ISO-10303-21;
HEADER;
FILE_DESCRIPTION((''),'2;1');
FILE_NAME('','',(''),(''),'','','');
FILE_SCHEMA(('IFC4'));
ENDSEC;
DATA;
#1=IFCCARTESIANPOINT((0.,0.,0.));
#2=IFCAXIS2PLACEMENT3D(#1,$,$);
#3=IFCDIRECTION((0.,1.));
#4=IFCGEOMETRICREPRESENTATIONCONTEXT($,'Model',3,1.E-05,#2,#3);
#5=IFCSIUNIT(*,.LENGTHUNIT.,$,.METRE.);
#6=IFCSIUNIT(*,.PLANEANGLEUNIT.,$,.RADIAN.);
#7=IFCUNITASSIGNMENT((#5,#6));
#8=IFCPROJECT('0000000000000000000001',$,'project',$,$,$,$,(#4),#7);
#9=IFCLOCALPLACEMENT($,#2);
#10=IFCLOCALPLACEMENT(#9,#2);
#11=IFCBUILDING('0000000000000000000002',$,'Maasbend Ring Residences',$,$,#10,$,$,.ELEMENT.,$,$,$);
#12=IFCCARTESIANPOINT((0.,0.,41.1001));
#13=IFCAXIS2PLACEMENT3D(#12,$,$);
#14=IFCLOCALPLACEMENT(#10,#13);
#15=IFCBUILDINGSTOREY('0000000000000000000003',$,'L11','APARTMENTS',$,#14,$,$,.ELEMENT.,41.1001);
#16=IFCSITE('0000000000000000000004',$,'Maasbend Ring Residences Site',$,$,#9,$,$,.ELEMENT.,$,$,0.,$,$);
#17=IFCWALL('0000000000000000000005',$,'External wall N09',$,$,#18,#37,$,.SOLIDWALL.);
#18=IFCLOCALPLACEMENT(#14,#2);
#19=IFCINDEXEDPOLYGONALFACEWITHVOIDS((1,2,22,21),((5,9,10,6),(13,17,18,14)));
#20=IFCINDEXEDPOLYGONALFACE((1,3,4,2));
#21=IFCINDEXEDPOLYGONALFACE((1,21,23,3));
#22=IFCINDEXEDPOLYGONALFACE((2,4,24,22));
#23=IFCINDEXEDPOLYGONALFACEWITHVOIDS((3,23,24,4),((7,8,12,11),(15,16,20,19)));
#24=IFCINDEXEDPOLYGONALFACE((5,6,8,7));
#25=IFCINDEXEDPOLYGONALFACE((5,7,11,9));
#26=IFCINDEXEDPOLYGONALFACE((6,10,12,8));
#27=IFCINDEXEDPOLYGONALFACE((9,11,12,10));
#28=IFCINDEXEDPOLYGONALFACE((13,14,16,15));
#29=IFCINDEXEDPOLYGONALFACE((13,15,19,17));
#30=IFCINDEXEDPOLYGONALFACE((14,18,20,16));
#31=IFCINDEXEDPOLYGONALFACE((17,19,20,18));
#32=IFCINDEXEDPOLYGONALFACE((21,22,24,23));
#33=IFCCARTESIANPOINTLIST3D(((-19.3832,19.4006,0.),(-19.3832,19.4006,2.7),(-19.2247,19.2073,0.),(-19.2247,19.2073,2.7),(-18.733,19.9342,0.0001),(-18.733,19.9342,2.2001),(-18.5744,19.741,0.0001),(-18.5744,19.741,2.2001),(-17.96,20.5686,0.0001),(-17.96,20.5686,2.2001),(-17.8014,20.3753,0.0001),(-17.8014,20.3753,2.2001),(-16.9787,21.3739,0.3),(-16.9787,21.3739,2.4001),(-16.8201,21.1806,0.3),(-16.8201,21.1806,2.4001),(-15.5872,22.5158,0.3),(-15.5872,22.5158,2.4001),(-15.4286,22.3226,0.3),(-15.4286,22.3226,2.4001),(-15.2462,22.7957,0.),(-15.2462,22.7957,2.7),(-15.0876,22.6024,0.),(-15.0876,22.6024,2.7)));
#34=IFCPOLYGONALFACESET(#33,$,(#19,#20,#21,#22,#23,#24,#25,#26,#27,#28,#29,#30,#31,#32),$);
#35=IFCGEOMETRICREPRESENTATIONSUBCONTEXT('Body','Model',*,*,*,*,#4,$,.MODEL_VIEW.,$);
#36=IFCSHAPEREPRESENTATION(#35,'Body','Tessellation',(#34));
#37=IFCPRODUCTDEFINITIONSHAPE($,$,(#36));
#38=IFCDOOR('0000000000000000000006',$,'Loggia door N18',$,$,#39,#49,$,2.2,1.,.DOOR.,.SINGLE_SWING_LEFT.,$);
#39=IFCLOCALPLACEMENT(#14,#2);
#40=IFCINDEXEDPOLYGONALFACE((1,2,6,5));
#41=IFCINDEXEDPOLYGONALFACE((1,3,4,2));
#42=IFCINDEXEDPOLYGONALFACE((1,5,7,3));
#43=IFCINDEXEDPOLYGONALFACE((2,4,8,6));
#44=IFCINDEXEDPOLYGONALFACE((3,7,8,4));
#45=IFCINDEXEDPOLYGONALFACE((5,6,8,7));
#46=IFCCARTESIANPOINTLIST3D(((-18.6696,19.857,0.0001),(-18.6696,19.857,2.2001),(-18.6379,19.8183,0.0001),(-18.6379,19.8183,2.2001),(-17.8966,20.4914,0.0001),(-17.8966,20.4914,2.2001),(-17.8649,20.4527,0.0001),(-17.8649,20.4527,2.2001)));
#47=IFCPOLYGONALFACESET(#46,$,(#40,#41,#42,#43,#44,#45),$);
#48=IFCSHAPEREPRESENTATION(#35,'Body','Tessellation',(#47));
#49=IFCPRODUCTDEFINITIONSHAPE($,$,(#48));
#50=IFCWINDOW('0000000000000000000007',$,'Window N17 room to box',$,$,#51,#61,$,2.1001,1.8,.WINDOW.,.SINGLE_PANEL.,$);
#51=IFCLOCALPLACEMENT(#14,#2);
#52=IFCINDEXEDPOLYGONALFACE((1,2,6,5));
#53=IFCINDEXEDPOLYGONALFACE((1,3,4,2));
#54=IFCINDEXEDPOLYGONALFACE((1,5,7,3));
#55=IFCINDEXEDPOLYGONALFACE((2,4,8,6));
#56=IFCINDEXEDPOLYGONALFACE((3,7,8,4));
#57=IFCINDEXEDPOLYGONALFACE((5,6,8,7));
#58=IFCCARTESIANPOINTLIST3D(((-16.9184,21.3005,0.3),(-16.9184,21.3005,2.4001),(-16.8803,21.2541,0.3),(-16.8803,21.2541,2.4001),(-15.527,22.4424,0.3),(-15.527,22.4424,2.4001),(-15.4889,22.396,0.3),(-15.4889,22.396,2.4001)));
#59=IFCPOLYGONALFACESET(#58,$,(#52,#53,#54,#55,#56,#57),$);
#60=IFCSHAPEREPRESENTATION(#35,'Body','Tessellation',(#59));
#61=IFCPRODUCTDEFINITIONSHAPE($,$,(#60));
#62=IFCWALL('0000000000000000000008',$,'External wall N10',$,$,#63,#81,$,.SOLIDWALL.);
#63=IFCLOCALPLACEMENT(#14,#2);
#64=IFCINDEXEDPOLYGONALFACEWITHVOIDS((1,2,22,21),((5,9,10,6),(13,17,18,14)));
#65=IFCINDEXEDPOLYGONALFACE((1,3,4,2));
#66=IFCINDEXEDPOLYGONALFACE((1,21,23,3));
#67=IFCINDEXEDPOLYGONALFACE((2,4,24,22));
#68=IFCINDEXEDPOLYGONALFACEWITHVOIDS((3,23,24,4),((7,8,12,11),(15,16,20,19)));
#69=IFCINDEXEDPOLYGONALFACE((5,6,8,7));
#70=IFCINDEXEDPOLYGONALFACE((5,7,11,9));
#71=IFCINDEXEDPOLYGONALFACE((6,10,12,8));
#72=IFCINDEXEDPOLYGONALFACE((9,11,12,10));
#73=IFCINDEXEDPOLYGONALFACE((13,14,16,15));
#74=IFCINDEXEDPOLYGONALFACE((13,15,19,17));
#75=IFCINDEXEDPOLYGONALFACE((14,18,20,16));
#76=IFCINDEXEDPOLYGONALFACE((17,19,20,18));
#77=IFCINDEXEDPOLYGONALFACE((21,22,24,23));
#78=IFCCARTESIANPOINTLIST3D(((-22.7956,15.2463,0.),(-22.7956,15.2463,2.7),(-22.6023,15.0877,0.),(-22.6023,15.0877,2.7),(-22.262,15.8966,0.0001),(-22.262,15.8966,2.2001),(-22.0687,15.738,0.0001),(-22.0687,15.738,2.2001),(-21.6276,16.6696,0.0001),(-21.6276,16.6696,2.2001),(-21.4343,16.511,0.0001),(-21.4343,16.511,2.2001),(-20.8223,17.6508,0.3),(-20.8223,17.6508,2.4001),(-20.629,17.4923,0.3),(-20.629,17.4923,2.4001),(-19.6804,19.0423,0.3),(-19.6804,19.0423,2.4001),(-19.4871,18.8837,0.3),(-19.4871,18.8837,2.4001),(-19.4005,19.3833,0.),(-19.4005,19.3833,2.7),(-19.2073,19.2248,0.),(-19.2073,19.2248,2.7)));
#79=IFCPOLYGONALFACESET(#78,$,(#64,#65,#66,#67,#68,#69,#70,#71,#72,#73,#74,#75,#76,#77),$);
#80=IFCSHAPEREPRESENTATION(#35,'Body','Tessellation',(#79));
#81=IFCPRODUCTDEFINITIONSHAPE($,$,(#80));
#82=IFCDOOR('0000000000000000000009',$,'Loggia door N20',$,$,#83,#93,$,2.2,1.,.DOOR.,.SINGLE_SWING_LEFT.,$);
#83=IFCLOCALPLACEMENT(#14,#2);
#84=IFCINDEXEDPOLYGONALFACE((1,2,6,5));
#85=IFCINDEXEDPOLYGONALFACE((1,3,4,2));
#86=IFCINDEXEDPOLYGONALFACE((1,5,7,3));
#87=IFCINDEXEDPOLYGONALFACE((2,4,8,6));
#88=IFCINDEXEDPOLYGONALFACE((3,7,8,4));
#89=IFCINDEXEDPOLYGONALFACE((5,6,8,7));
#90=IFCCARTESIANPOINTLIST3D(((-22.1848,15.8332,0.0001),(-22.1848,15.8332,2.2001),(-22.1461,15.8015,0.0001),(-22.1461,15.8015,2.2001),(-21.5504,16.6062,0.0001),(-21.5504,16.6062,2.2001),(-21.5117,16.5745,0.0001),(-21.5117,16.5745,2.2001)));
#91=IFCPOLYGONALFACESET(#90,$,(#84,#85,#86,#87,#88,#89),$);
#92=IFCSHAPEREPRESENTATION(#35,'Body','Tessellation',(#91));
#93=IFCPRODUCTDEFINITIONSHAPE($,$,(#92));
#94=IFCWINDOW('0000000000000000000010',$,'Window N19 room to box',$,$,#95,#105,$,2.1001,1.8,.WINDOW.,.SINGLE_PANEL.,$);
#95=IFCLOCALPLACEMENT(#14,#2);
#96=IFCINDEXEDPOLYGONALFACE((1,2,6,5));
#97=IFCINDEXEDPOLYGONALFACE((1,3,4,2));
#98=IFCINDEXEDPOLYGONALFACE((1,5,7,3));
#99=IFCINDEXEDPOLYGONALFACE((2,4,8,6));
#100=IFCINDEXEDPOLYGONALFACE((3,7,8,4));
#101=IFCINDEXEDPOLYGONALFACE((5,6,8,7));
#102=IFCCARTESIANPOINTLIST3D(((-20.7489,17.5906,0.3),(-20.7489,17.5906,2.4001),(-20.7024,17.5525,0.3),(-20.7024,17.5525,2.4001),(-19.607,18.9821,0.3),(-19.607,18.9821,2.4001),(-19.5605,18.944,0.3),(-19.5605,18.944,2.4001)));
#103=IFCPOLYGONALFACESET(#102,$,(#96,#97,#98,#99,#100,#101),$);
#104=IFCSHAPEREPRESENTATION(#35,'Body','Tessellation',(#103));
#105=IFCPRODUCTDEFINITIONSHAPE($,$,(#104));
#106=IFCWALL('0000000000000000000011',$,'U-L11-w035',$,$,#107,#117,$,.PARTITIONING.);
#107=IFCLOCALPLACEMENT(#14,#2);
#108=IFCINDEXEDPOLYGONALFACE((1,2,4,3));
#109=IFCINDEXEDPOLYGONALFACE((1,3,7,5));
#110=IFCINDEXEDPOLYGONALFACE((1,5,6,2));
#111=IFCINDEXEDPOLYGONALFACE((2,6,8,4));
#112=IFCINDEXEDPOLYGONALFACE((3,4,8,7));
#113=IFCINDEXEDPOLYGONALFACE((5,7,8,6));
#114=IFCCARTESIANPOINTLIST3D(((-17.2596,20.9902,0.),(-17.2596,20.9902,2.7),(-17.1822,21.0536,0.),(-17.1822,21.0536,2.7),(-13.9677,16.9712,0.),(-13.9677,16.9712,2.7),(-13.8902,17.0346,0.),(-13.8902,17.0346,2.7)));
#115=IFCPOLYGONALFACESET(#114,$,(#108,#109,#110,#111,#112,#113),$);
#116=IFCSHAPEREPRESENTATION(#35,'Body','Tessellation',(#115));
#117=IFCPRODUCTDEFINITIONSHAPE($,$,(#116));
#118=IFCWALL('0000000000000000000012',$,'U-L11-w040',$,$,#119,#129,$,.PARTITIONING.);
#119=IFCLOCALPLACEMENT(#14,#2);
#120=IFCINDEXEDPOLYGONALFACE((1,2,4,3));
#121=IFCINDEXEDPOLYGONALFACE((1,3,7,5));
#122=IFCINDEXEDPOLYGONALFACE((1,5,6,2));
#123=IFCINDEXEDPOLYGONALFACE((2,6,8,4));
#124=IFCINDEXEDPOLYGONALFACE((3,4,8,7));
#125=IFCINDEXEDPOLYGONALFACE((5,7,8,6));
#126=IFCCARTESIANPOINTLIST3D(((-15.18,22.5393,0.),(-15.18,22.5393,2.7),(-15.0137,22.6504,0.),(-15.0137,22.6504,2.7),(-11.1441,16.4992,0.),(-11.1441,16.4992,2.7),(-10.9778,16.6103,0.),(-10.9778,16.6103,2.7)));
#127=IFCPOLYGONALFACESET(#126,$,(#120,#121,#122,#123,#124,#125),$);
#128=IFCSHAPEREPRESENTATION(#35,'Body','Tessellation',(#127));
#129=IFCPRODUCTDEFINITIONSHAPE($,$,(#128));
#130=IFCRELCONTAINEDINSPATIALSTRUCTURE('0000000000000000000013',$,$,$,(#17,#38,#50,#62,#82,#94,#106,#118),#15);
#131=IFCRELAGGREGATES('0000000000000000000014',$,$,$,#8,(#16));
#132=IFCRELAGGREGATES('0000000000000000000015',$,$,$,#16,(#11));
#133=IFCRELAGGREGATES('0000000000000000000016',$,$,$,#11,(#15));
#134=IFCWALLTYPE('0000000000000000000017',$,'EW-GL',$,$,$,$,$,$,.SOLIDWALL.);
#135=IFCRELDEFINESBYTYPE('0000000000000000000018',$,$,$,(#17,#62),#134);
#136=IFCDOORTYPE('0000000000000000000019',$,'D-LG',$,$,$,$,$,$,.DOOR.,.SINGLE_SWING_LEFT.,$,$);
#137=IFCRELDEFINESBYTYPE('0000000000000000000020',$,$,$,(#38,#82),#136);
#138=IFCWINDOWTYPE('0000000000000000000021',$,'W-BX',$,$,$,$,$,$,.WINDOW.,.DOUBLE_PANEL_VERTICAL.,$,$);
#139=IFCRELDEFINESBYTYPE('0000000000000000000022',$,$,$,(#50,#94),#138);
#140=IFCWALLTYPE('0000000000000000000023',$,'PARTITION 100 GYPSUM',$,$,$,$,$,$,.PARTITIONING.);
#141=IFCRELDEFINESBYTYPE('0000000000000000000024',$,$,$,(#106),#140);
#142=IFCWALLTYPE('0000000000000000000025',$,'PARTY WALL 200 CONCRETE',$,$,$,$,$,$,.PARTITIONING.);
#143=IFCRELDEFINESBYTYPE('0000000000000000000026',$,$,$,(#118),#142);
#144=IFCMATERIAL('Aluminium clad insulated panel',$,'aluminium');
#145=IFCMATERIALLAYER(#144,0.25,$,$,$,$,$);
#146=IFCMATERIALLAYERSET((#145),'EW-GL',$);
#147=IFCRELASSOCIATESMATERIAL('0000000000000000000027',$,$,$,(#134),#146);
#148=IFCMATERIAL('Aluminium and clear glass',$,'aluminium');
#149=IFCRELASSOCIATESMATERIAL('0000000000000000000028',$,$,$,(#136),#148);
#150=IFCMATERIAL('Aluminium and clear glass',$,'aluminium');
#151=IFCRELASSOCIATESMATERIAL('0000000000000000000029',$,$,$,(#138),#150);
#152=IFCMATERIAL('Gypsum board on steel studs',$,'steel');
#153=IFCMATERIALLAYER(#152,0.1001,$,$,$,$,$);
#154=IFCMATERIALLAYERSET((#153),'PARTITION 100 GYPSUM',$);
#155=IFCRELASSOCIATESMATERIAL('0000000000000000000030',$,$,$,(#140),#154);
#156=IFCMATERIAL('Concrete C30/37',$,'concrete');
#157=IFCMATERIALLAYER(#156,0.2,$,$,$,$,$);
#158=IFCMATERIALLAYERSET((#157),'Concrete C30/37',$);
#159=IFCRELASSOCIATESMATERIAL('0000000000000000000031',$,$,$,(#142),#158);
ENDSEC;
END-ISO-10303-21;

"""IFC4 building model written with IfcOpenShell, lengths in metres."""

from ifc_helpers import new_model, si_unit, direction, frame, frame_2d, origin, place, context, subcontext, project, spatial, rectangle, extrude, material, layer, layer_set, type_object, element, fill, save


model = new_model("IFC4")

# Units and contexts
model_context = context("Model", 3, precision=1e-05, world=origin(), true_north=direction((0.0, 1.0)))
body_context = subcontext(model_context, "Body", "Model", "MODEL_VIEW")
ifc_project = project(units=[si_unit("LENGTHUNIT", "METRE"), si_unit("PLANEANGLEUNIT", "RADIAN")], contexts=[model_context])

# Site, building, storey
site_placement = place(None, origin())
site = spatial("IfcSite", under=ifc_project, at=site_placement, Name="Maasbend Ring Residences Site", CompositionType="ELEMENT", RefElevation=0.0)
building_placement = place(site_placement, origin())
building = spatial("IfcBuilding", under=site, at=building_placement, Name="Maasbend Ring Residences", CompositionType="ELEMENT")
storey_placement = place(building_placement, frame((0.0, 0.0, 41.1001)))
storey = spatial("IfcBuildingStorey", under=building, at=storey_placement, Name="L11", Description="APARTMENTS", CompositionType="ELEMENT", Elevation=41.1001)

# Walls, openings, doors, windows
ifc_material_1 = material(Name="Aluminium clad insulated panel", Category="aluminium")
ifc_layer_1 = layer(ifc_material_1, 0.25)
ifc_layer_set_1 = layer_set([ifc_layer_1], Name="EW-GL")
wall_type_1 = type_object("IfcWallType", Name="EW-GL", PredefinedType="SOLIDWALL", material=ifc_layer_set_1)
wall_1_placement = place(storey_placement, frame((-15.167, 22.699, 0.0), z_axis=(0.0, 0.0, 1.0), x_axis=(-0.773019, -0.634382, 0.0)))
wall_1 = element("IfcWall", 1, at=wall_1_placement, inside=storey, type_object=wall_type_1, Name="External wall N09", PredefinedType="SOLIDWALL", context=body_context, shape_type="SweptSolid", body=[
    extrude(rectangle(XDim=5.3518, YDim=0.25, at=frame_2d((2.6758, 0.0))), origin(), (0.0, 0.0, 1.0), 2.7),
])
opening_1_placement = place(wall_1_placement, frame((0.4412, 0.0, 0.3)))
opening_1 = element("IfcOpeningElement", 2, at=opening_1_placement, cuts=wall_1, PredefinedType="OPENING", context=body_context, shape_type="SweptSolid", body=[
    extrude(rectangle(XDim=1.8, YDim=2.1001, at=frame_2d((0.8999, 1.05))), frame((0.0, 0.135, 0.0), z_axis=(0.0, -1.0, 0.0), x_axis=(1.0, 0.0, 0.0)), (0.0, 0.0, 1.0), 0.27),
])
opening_2_placement = place(wall_1_placement, frame((3.5105, 0.0, 0.0)))
opening_2 = element("IfcOpeningElement", 3, at=opening_2_placement, cuts=wall_1, PredefinedType="OPENING", context=body_context, shape_type="SweptSolid", body=[
    extrude(rectangle(XDim=1.0, YDim=2.2, at=frame_2d((0.5, 1.1001))), frame((0.0, 0.135, 0.0), z_axis=(0.0, -1.0, 0.0), x_axis=(1.0, 0.0, 0.0)), (0.0, 0.0, 1.0), 0.27),
])
ifc_material_2 = material(Name="Aluminium and clear glass", Category="aluminium")
door_type = type_object("IfcDoorType", Name="D-LG", OperationType="SINGLE_SWING_LEFT", PredefinedType="DOOR", material=ifc_material_2)
door_1_placement = place(opening_2_placement, origin())
door_1 = element("IfcDoor", 4, at=door_1_placement, inside=storey, type_object=door_type, Name="Loggia door N18", OperationType="SINGLE_SWING_LEFT", OverallHeight=2.2, OverallWidth=1.0, PredefinedType="DOOR", context=body_context, shape_type="SweptSolid", body=[
    extrude(rectangle(XDim=1.0, YDim=2.2, at=frame_2d((0.5, 1.1001))), frame((0.0, 0.0249, 0.0), z_axis=(0.0, -1.0, 0.0), x_axis=(1.0, 0.0, 0.0)), (0.0, 0.0, 1.0), 0.05),
])
fill(opening_2, door_1)
ifc_material_3 = material(Name="Aluminium and clear glass", Category="aluminium")
window_type_1 = type_object("IfcWindowType", Name="W-BX", PartitioningType="DOUBLE_PANEL_VERTICAL", PredefinedType="WINDOW", material=ifc_material_3)
window_1_placement = place(opening_1_placement, origin())
window_1 = element("IfcWindow", 5, at=window_1_placement, inside=storey, type_object=window_type_1, Name="Window N17 room to box", OverallHeight=2.1001, OverallWidth=1.8, PartitioningType="SINGLE_PANEL", PredefinedType="WINDOW", context=body_context, shape_type="SweptSolid", body=[
    extrude(rectangle(XDim=1.8, YDim=2.1001, at=frame_2d((0.8999, 1.05))), frame((0.0, 0.03, 0.0), z_axis=(0.0, -1.0, 0.0), x_axis=(1.0, 0.0, 0.0)), (0.0, 0.0, 1.0), 0.0601),
])
fill(opening_1, window_1)
wall_2_placement = place(storey_placement, frame((-19.304, 19.304, 0.0), z_axis=(0.0, 0.0, 1.0), x_axis=(-0.634382, -0.773019, 0.0)))
wall_2 = element("IfcWall", 6, at=wall_2_placement, inside=storey, type_object=wall_type_1, Name="External wall N10", PredefinedType="SOLIDWALL", context=body_context, shape_type="SweptSolid", body=[
    extrude(rectangle(XDim=5.3518, YDim=0.25, at=frame_2d((2.6758, 0.0))), origin(), (0.0, 0.0, 1.0), 2.7),
])
opening_3_placement = place(wall_2_placement, frame((0.4412, 0.0, 0.3)))
opening_3 = element("IfcOpeningElement", 7, at=opening_3_placement, cuts=wall_2, PredefinedType="OPENING", context=body_context, shape_type="SweptSolid", body=[
    extrude(rectangle(XDim=1.8, YDim=2.1001, at=frame_2d((0.8999, 1.05))), frame((0.0, 0.135, 0.0), z_axis=(0.0, -1.0, 0.0), x_axis=(1.0, 0.0, 0.0)), (0.0, 0.0, 1.0), 0.27),
])
opening_4_placement = place(wall_2_placement, frame((3.5105, 0.0, 0.0)))
opening_4 = element("IfcOpeningElement", 8, at=opening_4_placement, cuts=wall_2, PredefinedType="OPENING", context=body_context, shape_type="SweptSolid", body=[
    extrude(rectangle(XDim=1.0, YDim=2.2, at=frame_2d((0.5, 1.1001))), frame((0.0, 0.135, 0.0), z_axis=(0.0, -1.0, 0.0), x_axis=(1.0, 0.0, 0.0)), (0.0, 0.0, 1.0), 0.27),
])
door_2_placement = place(opening_4_placement, origin())
door_2 = element("IfcDoor", 9, at=door_2_placement, inside=storey, type_object=door_type, Name="Loggia door N20", OperationType="SINGLE_SWING_LEFT", OverallHeight=2.2, OverallWidth=1.0, PredefinedType="DOOR", context=body_context, shape_type="SweptSolid", body=[
    extrude(rectangle(XDim=1.0, YDim=2.2, at=frame_2d((0.5, 1.1001))), frame((0.0, 0.0249, 0.0), z_axis=(0.0, -1.0, 0.0), x_axis=(1.0, 0.0, 0.0)), (0.0, 0.0, 1.0), 0.05),
])
fill(opening_4, door_2)
window_2_placement = place(opening_3_placement, origin())
window_2 = element("IfcWindow", 10, at=window_2_placement, inside=storey, type_object=window_type_1, Name="Window N19 room to box", OverallHeight=2.1001, OverallWidth=1.8, PartitioningType="SINGLE_PANEL", PredefinedType="WINDOW", context=body_context, shape_type="SweptSolid", body=[
    extrude(rectangle(XDim=1.8, YDim=2.1001, at=frame_2d((0.8999, 1.05))), frame((0.0, 0.03, 0.0), z_axis=(0.0, -1.0, 0.0), x_axis=(1.0, 0.0, 0.0)), (0.0, 0.0, 1.0), 0.0601),
])
fill(opening_3, window_2)

# Walls
ifc_material_4 = material(Name="Gypsum board on steel studs", Category="steel")
ifc_layer_2 = layer(ifc_material_4, 0.1001)
ifc_layer_set_2 = layer_set([ifc_layer_2], Name="PARTITION 100 GYPSUM")
wall_type_2 = type_object("IfcWallType", Name="PARTITION 100 GYPSUM", PredefinedType="PARTITIONING", material=ifc_layer_set_2)
wall_3_placement = place(storey_placement, frame((-17.2209, 21.022, 0.0), z_axis=(0.0, 0.0, 1.0), x_axis=(0.633662, -0.77361, 0.0)))
element("IfcWall", 11, at=wall_3_placement, inside=storey, type_object=wall_type_2, Name="U-L11-w035", PredefinedType="PARTITIONING", context=body_context, shape_type="SweptSolid", body=[
    extrude(rectangle(XDim=5.1951, YDim=0.1001, at=frame_2d((2.5977, 0.0))), origin(), (0.0, 0.0, 1.0), 2.7),
])
ifc_material_5 = material(Name="Concrete C30/37", Category="concrete")
ifc_layer_3 = layer(ifc_material_5, 0.2)
ifc_layer_set_3 = layer_set([ifc_layer_3], Name="Concrete C30/37")
wall_type_3 = type_object("IfcWallType", Name="PARTY WALL 200 CONCRETE", PredefinedType="PARTITIONING", material=ifc_layer_set_3)
wall_4_placement = place(storey_placement, frame((-15.0969, 22.595, 0.0), z_axis=(0.0, 0.0, 1.0), x_axis=(0.555576, -0.831466, 0.0)))
element("IfcWall", 12, at=wall_4_placement, inside=storey, type_object=wall_type_3, Name="U-L11-w040", PredefinedType="PARTITIONING", context=body_context, shape_type="SweptSolid", body=[
    extrude(rectangle(XDim=7.2644, YDim=0.2, at=frame_2d((3.6323, 0.0))), origin(), (0.0, 0.0, 1.0), 2.7),
])

save(model, "model.ifc")
